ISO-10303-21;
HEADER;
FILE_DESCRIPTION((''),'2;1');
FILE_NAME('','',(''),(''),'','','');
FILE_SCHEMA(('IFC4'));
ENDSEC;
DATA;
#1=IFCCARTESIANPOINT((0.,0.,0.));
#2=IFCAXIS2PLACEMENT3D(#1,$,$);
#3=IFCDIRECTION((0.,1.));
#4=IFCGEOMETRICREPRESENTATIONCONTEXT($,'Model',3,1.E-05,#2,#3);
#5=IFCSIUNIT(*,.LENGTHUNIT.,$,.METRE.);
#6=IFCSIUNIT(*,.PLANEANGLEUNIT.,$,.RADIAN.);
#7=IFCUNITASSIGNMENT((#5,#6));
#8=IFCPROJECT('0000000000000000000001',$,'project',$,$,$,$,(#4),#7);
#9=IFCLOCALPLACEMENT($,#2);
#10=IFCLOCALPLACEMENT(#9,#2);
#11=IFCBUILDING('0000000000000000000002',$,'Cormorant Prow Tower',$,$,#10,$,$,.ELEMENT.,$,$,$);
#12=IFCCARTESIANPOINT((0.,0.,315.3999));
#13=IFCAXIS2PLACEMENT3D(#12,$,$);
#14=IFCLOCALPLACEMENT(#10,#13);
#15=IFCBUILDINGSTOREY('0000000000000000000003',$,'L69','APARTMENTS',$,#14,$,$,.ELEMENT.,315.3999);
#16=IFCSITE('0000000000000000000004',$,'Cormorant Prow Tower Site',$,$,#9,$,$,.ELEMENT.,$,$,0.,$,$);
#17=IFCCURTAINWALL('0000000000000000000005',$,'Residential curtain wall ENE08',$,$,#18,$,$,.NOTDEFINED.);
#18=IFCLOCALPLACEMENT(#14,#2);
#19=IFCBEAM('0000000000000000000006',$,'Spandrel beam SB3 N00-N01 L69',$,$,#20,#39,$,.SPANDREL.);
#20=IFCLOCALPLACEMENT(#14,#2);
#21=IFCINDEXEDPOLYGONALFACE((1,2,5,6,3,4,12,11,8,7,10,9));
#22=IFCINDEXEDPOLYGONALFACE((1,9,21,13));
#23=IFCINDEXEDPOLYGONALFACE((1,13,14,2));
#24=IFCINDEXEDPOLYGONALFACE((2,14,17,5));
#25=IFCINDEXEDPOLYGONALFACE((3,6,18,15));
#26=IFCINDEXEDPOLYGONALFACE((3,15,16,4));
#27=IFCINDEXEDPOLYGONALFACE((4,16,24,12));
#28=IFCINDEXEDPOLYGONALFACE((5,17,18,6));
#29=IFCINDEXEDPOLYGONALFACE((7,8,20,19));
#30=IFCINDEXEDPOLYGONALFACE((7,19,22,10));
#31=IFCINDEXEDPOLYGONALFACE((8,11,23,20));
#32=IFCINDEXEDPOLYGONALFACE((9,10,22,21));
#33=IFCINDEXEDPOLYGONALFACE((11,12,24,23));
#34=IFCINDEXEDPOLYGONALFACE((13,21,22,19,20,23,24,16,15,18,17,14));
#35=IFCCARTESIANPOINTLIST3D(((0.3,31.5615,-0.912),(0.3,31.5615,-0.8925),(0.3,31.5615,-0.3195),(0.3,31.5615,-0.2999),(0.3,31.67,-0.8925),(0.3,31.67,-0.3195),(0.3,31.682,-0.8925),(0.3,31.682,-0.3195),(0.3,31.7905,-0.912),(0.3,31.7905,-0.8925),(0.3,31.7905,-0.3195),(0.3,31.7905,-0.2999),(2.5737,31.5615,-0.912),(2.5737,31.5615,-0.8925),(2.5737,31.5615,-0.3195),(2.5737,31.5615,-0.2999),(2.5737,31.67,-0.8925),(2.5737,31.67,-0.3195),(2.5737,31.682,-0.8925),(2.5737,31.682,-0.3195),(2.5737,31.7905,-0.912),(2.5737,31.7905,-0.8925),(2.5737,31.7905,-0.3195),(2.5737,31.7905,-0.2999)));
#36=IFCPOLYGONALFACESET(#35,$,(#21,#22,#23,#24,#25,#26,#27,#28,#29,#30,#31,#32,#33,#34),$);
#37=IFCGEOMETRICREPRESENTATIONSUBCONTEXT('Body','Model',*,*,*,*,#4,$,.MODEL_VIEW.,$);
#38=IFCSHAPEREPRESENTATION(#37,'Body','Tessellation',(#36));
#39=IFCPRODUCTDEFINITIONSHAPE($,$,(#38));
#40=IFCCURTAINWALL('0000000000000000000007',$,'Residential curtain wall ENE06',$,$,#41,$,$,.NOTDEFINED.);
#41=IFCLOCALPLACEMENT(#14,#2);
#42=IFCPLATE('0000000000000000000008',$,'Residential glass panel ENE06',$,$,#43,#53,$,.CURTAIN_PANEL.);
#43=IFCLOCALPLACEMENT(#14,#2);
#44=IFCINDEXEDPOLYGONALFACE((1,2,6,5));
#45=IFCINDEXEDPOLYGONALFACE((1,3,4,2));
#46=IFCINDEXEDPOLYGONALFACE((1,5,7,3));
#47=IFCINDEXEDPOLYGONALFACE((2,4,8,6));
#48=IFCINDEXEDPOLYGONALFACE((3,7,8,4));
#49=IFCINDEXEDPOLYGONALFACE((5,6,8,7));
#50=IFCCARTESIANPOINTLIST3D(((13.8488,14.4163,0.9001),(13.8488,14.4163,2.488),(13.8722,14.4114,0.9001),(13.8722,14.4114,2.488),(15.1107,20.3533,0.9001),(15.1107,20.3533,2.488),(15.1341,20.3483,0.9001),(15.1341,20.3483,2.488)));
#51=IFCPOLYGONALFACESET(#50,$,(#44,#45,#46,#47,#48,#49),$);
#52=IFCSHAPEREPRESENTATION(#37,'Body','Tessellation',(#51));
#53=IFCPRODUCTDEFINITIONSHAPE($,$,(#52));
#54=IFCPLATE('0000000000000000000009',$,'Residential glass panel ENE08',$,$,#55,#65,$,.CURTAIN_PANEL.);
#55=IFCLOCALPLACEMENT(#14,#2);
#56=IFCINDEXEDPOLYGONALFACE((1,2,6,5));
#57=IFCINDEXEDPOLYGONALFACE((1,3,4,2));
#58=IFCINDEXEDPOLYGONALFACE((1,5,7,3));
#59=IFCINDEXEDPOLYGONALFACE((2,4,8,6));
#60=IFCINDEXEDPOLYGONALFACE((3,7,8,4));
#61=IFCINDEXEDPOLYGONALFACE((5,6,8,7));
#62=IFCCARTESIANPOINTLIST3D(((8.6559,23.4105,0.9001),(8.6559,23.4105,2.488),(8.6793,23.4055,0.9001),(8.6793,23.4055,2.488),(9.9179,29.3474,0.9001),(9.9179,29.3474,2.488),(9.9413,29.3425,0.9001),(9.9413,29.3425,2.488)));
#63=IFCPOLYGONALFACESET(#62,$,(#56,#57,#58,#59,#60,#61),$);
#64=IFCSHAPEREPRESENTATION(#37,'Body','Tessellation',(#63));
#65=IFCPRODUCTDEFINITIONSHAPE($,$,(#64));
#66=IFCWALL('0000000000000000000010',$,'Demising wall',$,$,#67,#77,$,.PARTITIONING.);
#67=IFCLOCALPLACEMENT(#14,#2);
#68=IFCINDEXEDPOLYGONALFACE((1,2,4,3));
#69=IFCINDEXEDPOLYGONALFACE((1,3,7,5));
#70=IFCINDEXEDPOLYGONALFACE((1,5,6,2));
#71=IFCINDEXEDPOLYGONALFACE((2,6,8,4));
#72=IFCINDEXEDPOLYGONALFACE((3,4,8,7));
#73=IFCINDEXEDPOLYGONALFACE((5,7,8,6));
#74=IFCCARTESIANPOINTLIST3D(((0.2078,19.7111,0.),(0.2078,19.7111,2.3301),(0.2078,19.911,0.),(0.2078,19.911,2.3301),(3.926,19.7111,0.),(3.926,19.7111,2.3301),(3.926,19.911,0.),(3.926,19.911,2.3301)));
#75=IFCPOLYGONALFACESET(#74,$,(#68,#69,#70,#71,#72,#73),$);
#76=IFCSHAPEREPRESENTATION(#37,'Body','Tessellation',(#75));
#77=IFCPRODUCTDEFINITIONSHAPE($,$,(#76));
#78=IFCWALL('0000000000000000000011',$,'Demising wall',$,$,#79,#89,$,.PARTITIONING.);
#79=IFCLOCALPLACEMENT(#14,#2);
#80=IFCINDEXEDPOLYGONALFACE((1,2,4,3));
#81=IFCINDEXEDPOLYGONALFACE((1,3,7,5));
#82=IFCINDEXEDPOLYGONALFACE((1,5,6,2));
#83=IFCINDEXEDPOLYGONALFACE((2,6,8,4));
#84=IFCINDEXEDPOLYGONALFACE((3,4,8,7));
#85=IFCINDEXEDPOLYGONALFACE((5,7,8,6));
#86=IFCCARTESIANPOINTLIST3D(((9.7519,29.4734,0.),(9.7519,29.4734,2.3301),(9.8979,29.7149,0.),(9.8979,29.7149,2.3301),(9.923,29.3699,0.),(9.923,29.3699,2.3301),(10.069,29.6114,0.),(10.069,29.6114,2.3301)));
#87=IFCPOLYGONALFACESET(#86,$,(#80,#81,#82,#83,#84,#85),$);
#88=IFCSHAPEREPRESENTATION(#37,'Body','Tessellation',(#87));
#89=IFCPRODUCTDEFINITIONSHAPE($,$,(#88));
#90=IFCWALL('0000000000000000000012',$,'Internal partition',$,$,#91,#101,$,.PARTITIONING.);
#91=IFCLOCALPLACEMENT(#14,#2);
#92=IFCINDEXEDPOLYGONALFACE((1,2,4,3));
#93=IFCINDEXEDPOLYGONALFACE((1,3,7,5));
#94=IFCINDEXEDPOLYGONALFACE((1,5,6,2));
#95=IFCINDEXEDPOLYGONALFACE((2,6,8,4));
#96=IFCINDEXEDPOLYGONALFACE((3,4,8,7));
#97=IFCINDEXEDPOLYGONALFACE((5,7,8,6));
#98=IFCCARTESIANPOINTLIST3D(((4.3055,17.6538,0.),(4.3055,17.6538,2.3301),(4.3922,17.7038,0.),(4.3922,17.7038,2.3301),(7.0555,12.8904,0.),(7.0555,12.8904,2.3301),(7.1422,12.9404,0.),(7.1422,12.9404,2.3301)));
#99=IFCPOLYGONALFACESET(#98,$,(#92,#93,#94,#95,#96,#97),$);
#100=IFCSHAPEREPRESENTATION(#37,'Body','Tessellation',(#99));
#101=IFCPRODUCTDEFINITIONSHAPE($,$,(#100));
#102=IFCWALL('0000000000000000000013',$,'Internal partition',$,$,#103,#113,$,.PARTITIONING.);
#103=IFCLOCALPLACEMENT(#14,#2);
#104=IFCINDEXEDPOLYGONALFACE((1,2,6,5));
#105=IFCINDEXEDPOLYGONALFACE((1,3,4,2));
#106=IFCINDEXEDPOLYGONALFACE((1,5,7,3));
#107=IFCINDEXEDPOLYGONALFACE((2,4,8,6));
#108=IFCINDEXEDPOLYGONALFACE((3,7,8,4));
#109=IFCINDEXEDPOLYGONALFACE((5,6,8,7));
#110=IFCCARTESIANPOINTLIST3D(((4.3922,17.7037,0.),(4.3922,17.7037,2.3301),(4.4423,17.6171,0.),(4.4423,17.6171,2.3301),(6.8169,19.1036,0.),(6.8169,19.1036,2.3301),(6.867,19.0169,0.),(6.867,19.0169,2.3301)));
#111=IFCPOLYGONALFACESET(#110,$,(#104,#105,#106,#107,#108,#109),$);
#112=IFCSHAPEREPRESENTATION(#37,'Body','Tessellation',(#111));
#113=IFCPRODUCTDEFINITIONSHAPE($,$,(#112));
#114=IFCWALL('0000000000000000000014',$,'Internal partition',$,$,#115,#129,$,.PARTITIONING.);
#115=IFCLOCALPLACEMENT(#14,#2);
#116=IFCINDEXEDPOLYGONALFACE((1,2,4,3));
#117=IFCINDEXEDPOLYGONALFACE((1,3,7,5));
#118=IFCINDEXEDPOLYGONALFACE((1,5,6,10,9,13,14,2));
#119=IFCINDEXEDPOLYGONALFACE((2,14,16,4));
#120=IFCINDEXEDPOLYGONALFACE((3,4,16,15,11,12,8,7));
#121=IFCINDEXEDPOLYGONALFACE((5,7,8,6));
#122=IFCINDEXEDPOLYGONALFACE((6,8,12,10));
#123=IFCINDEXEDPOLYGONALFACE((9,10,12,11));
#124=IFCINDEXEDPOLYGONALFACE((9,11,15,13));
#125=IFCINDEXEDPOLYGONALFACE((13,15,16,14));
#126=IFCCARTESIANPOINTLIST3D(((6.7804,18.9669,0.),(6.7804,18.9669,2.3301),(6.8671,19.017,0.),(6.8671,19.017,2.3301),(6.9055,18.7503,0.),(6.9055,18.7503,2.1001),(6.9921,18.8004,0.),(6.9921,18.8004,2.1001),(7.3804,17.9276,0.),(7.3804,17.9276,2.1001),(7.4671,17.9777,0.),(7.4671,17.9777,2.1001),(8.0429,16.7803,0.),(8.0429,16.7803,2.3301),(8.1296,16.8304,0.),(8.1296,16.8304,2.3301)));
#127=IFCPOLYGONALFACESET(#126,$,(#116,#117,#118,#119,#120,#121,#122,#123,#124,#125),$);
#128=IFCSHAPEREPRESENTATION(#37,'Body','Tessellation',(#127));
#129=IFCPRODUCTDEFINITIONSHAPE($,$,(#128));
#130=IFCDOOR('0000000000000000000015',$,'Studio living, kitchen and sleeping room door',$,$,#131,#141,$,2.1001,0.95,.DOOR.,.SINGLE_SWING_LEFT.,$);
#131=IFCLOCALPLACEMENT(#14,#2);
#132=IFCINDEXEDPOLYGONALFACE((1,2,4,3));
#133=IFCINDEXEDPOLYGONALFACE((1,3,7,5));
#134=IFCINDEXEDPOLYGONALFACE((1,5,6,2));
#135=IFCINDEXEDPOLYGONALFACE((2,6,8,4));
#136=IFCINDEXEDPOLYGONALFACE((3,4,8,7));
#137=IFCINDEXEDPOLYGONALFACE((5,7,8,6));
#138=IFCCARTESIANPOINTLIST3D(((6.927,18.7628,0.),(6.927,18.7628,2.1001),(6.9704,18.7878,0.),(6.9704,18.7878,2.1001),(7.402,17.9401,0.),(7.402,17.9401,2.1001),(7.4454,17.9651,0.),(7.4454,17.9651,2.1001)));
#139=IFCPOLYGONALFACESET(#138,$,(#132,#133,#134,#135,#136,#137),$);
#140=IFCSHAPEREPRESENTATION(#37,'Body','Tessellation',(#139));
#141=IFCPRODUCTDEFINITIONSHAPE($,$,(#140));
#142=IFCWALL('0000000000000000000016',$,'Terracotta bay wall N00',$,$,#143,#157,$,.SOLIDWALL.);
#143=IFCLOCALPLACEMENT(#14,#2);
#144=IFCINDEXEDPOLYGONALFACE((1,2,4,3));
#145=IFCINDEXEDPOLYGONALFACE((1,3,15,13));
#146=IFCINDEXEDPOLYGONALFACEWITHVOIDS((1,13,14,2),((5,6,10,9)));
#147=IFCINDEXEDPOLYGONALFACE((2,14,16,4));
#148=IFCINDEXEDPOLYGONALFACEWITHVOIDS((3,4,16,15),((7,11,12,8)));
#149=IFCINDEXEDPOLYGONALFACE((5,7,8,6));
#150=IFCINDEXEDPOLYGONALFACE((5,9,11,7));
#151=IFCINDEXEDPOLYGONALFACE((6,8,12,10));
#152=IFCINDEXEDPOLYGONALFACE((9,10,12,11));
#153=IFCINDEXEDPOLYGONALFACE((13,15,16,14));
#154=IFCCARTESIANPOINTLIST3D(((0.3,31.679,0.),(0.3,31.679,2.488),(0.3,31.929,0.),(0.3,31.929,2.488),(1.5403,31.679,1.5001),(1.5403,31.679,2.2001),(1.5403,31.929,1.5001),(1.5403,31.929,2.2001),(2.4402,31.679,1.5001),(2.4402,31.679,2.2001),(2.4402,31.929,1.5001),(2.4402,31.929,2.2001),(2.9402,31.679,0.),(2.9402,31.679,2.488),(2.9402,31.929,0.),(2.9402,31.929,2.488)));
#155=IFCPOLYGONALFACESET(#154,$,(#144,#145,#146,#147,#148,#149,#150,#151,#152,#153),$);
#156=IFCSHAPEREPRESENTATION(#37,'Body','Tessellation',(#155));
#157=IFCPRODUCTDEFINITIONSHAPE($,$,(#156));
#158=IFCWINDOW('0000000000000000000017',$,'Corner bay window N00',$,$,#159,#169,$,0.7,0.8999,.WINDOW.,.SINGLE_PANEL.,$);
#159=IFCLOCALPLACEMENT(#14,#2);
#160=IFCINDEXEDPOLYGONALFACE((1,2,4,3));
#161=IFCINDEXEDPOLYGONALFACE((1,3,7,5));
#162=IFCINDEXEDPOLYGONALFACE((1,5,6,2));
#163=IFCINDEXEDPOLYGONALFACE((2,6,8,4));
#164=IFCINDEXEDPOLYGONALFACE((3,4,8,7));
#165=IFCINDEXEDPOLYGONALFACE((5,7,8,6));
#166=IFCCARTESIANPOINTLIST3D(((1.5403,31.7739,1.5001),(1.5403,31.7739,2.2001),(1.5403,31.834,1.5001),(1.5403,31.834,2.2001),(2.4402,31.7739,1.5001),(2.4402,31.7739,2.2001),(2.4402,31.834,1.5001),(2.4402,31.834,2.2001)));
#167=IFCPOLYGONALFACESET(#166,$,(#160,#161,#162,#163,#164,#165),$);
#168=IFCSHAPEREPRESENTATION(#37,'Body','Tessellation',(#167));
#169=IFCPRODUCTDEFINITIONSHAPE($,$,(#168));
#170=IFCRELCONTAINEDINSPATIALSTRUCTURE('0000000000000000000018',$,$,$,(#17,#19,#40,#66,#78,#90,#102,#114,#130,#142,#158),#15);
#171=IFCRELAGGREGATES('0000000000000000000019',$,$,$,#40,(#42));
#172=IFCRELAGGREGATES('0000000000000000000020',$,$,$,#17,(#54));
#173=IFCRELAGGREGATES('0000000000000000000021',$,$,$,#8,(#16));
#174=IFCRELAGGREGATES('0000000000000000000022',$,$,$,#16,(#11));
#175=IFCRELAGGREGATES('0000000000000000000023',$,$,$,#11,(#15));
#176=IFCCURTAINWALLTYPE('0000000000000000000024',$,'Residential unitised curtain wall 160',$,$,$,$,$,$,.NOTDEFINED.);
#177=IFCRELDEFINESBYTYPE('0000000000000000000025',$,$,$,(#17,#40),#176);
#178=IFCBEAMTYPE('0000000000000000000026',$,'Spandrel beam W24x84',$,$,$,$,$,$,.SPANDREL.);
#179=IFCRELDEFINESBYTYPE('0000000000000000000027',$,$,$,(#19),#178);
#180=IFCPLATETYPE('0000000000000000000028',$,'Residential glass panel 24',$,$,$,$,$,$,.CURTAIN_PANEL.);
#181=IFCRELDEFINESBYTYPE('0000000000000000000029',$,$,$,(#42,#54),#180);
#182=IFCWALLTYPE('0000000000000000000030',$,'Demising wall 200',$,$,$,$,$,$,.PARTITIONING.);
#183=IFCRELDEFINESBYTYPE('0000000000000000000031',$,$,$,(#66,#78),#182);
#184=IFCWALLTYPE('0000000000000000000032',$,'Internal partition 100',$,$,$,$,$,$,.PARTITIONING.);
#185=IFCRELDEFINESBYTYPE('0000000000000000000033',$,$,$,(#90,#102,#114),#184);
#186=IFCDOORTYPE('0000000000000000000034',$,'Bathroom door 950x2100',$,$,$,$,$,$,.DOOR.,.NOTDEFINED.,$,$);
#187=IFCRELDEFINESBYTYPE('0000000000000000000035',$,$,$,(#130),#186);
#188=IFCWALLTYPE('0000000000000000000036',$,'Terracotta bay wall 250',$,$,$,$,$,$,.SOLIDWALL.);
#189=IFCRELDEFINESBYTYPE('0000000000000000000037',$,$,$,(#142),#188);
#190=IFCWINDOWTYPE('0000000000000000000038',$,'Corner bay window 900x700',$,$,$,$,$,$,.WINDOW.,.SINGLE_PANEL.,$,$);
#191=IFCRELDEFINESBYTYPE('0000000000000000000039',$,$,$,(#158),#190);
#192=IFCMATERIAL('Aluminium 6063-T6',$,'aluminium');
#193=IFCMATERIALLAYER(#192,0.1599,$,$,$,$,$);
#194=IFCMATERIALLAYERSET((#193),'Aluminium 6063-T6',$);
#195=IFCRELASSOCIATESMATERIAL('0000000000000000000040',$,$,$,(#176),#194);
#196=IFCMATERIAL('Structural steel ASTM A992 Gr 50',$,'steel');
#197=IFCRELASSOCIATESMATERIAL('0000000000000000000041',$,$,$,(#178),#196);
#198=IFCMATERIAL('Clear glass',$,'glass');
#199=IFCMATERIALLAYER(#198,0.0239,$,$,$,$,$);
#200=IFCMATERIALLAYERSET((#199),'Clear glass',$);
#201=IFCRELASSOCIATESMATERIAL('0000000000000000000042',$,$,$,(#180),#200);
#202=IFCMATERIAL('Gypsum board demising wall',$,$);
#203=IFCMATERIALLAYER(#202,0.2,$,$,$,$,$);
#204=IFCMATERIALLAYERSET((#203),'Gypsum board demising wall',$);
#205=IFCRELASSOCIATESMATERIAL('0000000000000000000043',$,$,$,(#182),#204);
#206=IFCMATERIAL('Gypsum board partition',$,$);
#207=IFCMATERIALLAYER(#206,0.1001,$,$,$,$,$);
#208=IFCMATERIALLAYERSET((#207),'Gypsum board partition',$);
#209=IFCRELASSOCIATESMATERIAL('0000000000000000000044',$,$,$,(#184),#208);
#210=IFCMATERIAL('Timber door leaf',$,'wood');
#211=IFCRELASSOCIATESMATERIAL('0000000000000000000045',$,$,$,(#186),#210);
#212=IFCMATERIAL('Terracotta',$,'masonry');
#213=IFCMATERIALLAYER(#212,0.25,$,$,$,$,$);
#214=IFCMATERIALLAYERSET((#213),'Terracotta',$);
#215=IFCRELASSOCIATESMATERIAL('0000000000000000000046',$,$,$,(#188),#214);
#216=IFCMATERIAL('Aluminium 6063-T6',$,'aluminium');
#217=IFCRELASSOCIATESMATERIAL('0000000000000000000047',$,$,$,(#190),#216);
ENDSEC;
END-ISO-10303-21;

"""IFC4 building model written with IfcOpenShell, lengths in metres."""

from ifc_helpers import new_model, si_unit, direction, frame, frame_2d, origin, origin_2d, place, context, subcontext, project, spatial, rectangle, i_section, extrude, material, layer, layer_set, material_profile, profile_set, type_object, element, fill, aggregate, save


model = new_model("IFC4")

# Units and contexts
model_context = context("Model", 3, precision=1e-05, world=origin(), true_north=direction((0.0, 1.0)))
body_context = subcontext(model_context, "Body", "Model", "MODEL_VIEW")
ifc_project = project(units=[si_unit("LENGTHUNIT", "METRE"), si_unit("PLANEANGLEUNIT", "RADIAN")], contexts=[model_context])

# Site, building, storey
site_placement = place(None, origin())
site = spatial("IfcSite", under=ifc_project, at=site_placement, Name="Cormorant Prow Tower Site", CompositionType="ELEMENT", RefElevation=0.0)
building_placement = place(site_placement, origin())
building = spatial("IfcBuilding", under=site, at=building_placement, Name="Cormorant Prow Tower", CompositionType="ELEMENT")
storey_placement = place(building_placement, frame((0.0, 0.0, 315.3999)))
storey = spatial("IfcBuildingStorey", under=building, at=storey_placement, Name="L69", Description="APARTMENTS", CompositionType="ELEMENT", Elevation=315.3999)

# Curtain wall
ifc_material_1 = material(Name="Aluminium 6063-T6", Category="aluminium")
ifc_layer_1 = layer(ifc_material_1, 0.1599)
ifc_layer_set_1 = layer_set([ifc_layer_1], Name="Aluminium 6063-T6")
curtain_wall_type = type_object("IfcCurtainWallType", Name="Residential unitised curtain wall 160", PredefinedType="NOTDEFINED", material=ifc_layer_set_1)
curtain_wall_1_placement = place(storey_placement, origin())
curtain_wall_1 = element("IfcCurtainWall", 1, at=curtain_wall_1_placement, inside=storey, type_object=curtain_wall_type, Name="Residential curtain wall ENE08", PredefinedType="NOTDEFINED")

# Beam
ifc_material_2 = material(Name="Structural steel ASTM A992 Gr 50", Category="steel")
ifc_material_profile_1 = material_profile(ifc_material_2, i_section(OverallWidth=0.229, OverallDepth=0.6121, WebThickness=0.012, FlangeThickness=0.0195, at=origin_2d()), Name="W24x84")
ifc_profile_set_1 = profile_set([ifc_material_profile_1], Name="Structural steel ASTM A992 Gr 50")
beam_type = type_object("IfcBeamType", Name="Spandrel beam W24x84", PredefinedType="SPANDREL", material=ifc_profile_set_1)
beam_1_placement = place(storey_placement, frame((2.5737, 31.676, -0.606), z_axis=(-1.0, 0.0, 0.0), x_axis=(0.0, -1.0, 0.0)))
element("IfcBeam", 2, at=beam_1_placement, inside=storey, type_object=beam_type, Name="Spandrel beam SB3 N00-N01 L69", PredefinedType="SPANDREL", context=body_context, shape_type="SweptSolid", body=[
    extrude(i_section(OverallWidth=0.229, OverallDepth=0.6121, WebThickness=0.012, FlangeThickness=0.0195, at=origin_2d()), origin(), (0.0, 0.0, 1.0), 2.2737),
])

# Curtain wall, plate
curtain_wall_2_placement = place(storey_placement, origin())
curtain_wall_2 = element("IfcCurtainWall", 3, at=curtain_wall_2_placement, inside=storey, type_object=curtain_wall_type, Name="Residential curtain wall ENE06", PredefinedType="NOTDEFINED")
ifc_material_3 = material(Name="Clear glass", Category="glass")
ifc_layer_2 = layer(ifc_material_3, 0.0239)
ifc_layer_set_2 = layer_set([ifc_layer_2], Name="Clear glass")
plate_type = type_object("IfcPlateType", Name="Residential glass panel 24", PredefinedType="CURTAIN_PANEL", material=ifc_layer_set_2)
plate_1_placement = place(storey_placement, frame((14.4915, 17.3823, 0.9001), z_axis=(0.0, 0.0, 1.0), x_axis=(0.207912, 0.978148, 0.0)))
plate_1 = element("IfcPlate", 4, at=plate_1_placement, type_object=plate_type, Name="Residential glass panel ENE06", PredefinedType="CURTAIN_PANEL", context=body_context, shape_type="SweptSolid", body=[
    extrude(rectangle(XDim=6.0696, YDim=0.0239, at=origin_2d()), origin(), (0.0, 0.0, 1.0), 1.5879),
])
aggregate(curtain_wall_2, [plate_1])

# Plate
plate_2_placement = place(storey_placement, frame((9.2986, 26.3765, 0.9001), z_axis=(0.0, 0.0, 1.0), x_axis=(0.207912, 0.978148, 0.0)))
plate_2 = element("IfcPlate", 5, at=plate_2_placement, type_object=plate_type, Name="Residential glass panel ENE08", PredefinedType="CURTAIN_PANEL", context=body_context, shape_type="SweptSolid", body=[
    extrude(rectangle(XDim=6.0696, YDim=0.0239, at=origin_2d()), origin(), (0.0, 0.0, 1.0), 1.5879),
])
aggregate(curtain_wall_1, [plate_2])

# Walls
ifc_material_4 = material(Name="Gypsum board demising wall")
ifc_layer_3 = layer(ifc_material_4, 0.2)
ifc_layer_set_3 = layer_set([ifc_layer_3], Name="Gypsum board demising wall")
wall_type_1 = type_object("IfcWallType", Name="Demising wall 200", PredefinedType="PARTITIONING", material=ifc_layer_set_3)
wall_1_placement = place(storey_placement, frame((0.2078, 19.811, 0.0), z_axis=(0.0, 0.0, 1.0), x_axis=(1.0, 0.0, 0.0)))
element("IfcWall", 6, at=wall_1_placement, inside=storey, type_object=wall_type_1, Name="Demising wall", PredefinedType="PARTITIONING", context=body_context, shape_type="SweptSolid", body=[
    extrude(rectangle(XDim=3.7183, YDim=0.2, at=frame_2d((1.8591, 0.0))), origin(), (0.0, 0.0, 1.0), 2.3301),
])
wall_2_placement = place(storey_placement, frame((9.8374, 29.4216, 0.0), z_axis=(0.0, 0.0, 1.0), x_axis=(0.517419, 0.855732, 0.0)))
element("IfcWall", 7, at=wall_2_placement, inside=storey, type_object=wall_type_1, Name="Demising wall", PredefinedType="PARTITIONING", context=body_context, shape_type="SweptSolid", body=[
    extrude(rectangle(XDim=0.2822, YDim=0.2, at=frame_2d((0.1411, 0.0))), origin(), (0.0, 0.0, 1.0), 2.3301),
])
ifc_material_5 = material(Name="Gypsum board partition")
ifc_layer_4 = layer(ifc_material_5, 0.1001)
ifc_layer_set_4 = layer_set([ifc_layer_4], Name="Gypsum board partition")
wall_type_2 = type_object("IfcWallType", Name="Internal partition 100", PredefinedType="PARTITIONING", material=ifc_layer_set_4)
wall_3_placement = place(storey_placement, frame((4.3489, 17.6787, 0.0), z_axis=(0.0, 0.0, 1.0), x_axis=(0.499977, -0.866038, 0.0)))
element("IfcWall", 8, at=wall_3_placement, inside=storey, type_object=wall_type_2, Name="Internal partition", PredefinedType="PARTITIONING", context=body_context, shape_type="SweptSolid", body=[
    extrude(rectangle(XDim=5.5002, YDim=0.1001, at=frame_2d((2.75, 0.0))), origin(), (0.0, 0.0, 1.0), 2.3301),
])
wall_4_placement = place(storey_placement, frame((4.4172, 17.6604, 0.0), z_axis=(0.0, 0.0, 1.0), x_axis=(0.866035, 0.499984, 0.0)))
element("IfcWall", 9, at=wall_4_placement, inside=storey, type_object=wall_type_2, Name="Internal partition", PredefinedType="PARTITIONING", context=body_context, shape_type="SweptSolid", body=[
    extrude(rectangle(XDim=2.7998, YDim=0.1001, at=frame_2d((1.3999, 0.0))), origin(), (0.0, 0.0, 1.0), 2.3301),
])

# Wall, opening, door
wall_5_placement = place(storey_placement, frame((6.8237, 18.9919, 0.0), z_axis=(0.0, 0.0, 1.0), x_axis=(0.500018, -0.866015, 0.0)))
wall_5 = element("IfcWall", 10, at=wall_5_placement, inside=storey, type_object=wall_type_2, Name="Internal partition", PredefinedType="PARTITIONING", context=body_context, shape_type="SweptSolid", body=[
    extrude(rectangle(XDim=2.5249, YDim=0.1001, at=frame_2d((1.2625, 0.0))), origin(), (0.0, 0.0, 1.0), 2.3301),
])
opening_1_placement = place(wall_5_placement, frame((0.25, 0.0, 0.0)))
opening_1 = element("IfcOpeningElement", 11, at=opening_1_placement, cuts=wall_5, PredefinedType="OPENING", context=body_context, shape_type="SweptSolid", body=[
    extrude(rectangle(XDim=0.95, YDim=2.1001, at=frame_2d((0.4751, 1.05))), frame((0.0, 0.0601, 0.0), z_axis=(0.0, -1.0, 0.0), x_axis=(1.0, 0.0, 0.0)), (0.0, 0.0, 1.0), 0.1201),
])
ifc_material_6 = material(Name="Timber door leaf", Category="wood")
door_type_1 = type_object("IfcDoorType", Name="Bathroom door 950x2100", OperationType="NOTDEFINED", PredefinedType="DOOR", material=ifc_material_6)
door_1_placement = place(opening_1_placement, origin())
door_1 = element("IfcDoor", 12, at=door_1_placement, inside=storey, type_object=door_type_1, Name="Studio living, kitchen and sleeping room door", OperationType="SINGLE_SWING_LEFT", OverallHeight=2.1001, OverallWidth=0.95, PredefinedType="DOOR", context=body_context, shape_type="SweptSolid", body=[
    extrude(rectangle(XDim=0.95, YDim=2.1001, at=frame_2d((0.4751, 1.05))), frame((0.0, 0.0249, 0.0), z_axis=(0.0, -1.0, 0.0), x_axis=(1.0, 0.0, 0.0)), (0.0, 0.0, 1.0), 0.05),
])
fill(opening_1, door_1)

# Wall, opening, window
ifc_material_7 = material(Name="Terracotta", Category="masonry")
ifc_layer_5 = layer(ifc_material_7, 0.25)
ifc_layer_set_5 = layer_set([ifc_layer_5], Name="Terracotta")
wall_type_3 = type_object("IfcWallType", Name="Terracotta bay wall 250", PredefinedType="SOLIDWALL", material=ifc_layer_set_5)
wall_6_placement = place(storey_placement, frame((2.9402, 31.804, 0.0), z_axis=(0.0, 0.0, 1.0), x_axis=(-1.0, 0.0, 0.0)))
wall_6 = element("IfcWall", 13, at=wall_6_placement, inside=storey, type_object=wall_type_3, Name="Terracotta bay wall N00", PredefinedType="SOLIDWALL", context=body_context, shape_type="SweptSolid", body=[
    extrude(rectangle(XDim=2.6401, YDim=0.25, at=frame_2d((1.3201, 0.0))), origin(), (0.0, 0.0, 1.0), 2.488),
])
opening_2_placement = place(wall_6_placement, frame((0.5, 0.0, 1.5)))
opening_2 = element("IfcOpeningElement", 14, at=opening_2_placement, cuts=wall_6, PredefinedType="OPENING", context=body_context, shape_type="SweptSolid", body=[
    extrude(rectangle(XDim=0.8999, YDim=0.7, at=frame_2d((0.45, 0.3501))), frame((0.0, 0.135, 0.0), z_axis=(0.0, -1.0, 0.0), x_axis=(1.0, 0.0, 0.0)), (0.0, 0.0, 1.0), 0.27),
])
ifc_material_8 = material(Name="Aluminium 6063-T6", Category="aluminium")
window_type = type_object("IfcWindowType", Name="Corner bay window 900x700", PartitioningType="SINGLE_PANEL", PredefinedType="WINDOW", material=ifc_material_8)
window_placement = place(opening_2_placement, origin())
window = element("IfcWindow", 15, at=window_placement, inside=storey, type_object=window_type, Name="Corner bay window N00", OverallHeight=0.7, OverallWidth=0.8999, PartitioningType="SINGLE_PANEL", PredefinedType="WINDOW", context=body_context, shape_type="SweptSolid", body=[
    extrude(rectangle(XDim=0.8999, YDim=0.7, at=frame_2d((0.45, 0.3501))), frame((0.0, 0.03, 0.0), z_axis=(0.0, -1.0, 0.0), x_axis=(1.0, 0.0, 0.0)), (0.0, 0.0, 1.0), 0.0601),
])
fill(opening_2, window)

save(model, "model.ifc")
